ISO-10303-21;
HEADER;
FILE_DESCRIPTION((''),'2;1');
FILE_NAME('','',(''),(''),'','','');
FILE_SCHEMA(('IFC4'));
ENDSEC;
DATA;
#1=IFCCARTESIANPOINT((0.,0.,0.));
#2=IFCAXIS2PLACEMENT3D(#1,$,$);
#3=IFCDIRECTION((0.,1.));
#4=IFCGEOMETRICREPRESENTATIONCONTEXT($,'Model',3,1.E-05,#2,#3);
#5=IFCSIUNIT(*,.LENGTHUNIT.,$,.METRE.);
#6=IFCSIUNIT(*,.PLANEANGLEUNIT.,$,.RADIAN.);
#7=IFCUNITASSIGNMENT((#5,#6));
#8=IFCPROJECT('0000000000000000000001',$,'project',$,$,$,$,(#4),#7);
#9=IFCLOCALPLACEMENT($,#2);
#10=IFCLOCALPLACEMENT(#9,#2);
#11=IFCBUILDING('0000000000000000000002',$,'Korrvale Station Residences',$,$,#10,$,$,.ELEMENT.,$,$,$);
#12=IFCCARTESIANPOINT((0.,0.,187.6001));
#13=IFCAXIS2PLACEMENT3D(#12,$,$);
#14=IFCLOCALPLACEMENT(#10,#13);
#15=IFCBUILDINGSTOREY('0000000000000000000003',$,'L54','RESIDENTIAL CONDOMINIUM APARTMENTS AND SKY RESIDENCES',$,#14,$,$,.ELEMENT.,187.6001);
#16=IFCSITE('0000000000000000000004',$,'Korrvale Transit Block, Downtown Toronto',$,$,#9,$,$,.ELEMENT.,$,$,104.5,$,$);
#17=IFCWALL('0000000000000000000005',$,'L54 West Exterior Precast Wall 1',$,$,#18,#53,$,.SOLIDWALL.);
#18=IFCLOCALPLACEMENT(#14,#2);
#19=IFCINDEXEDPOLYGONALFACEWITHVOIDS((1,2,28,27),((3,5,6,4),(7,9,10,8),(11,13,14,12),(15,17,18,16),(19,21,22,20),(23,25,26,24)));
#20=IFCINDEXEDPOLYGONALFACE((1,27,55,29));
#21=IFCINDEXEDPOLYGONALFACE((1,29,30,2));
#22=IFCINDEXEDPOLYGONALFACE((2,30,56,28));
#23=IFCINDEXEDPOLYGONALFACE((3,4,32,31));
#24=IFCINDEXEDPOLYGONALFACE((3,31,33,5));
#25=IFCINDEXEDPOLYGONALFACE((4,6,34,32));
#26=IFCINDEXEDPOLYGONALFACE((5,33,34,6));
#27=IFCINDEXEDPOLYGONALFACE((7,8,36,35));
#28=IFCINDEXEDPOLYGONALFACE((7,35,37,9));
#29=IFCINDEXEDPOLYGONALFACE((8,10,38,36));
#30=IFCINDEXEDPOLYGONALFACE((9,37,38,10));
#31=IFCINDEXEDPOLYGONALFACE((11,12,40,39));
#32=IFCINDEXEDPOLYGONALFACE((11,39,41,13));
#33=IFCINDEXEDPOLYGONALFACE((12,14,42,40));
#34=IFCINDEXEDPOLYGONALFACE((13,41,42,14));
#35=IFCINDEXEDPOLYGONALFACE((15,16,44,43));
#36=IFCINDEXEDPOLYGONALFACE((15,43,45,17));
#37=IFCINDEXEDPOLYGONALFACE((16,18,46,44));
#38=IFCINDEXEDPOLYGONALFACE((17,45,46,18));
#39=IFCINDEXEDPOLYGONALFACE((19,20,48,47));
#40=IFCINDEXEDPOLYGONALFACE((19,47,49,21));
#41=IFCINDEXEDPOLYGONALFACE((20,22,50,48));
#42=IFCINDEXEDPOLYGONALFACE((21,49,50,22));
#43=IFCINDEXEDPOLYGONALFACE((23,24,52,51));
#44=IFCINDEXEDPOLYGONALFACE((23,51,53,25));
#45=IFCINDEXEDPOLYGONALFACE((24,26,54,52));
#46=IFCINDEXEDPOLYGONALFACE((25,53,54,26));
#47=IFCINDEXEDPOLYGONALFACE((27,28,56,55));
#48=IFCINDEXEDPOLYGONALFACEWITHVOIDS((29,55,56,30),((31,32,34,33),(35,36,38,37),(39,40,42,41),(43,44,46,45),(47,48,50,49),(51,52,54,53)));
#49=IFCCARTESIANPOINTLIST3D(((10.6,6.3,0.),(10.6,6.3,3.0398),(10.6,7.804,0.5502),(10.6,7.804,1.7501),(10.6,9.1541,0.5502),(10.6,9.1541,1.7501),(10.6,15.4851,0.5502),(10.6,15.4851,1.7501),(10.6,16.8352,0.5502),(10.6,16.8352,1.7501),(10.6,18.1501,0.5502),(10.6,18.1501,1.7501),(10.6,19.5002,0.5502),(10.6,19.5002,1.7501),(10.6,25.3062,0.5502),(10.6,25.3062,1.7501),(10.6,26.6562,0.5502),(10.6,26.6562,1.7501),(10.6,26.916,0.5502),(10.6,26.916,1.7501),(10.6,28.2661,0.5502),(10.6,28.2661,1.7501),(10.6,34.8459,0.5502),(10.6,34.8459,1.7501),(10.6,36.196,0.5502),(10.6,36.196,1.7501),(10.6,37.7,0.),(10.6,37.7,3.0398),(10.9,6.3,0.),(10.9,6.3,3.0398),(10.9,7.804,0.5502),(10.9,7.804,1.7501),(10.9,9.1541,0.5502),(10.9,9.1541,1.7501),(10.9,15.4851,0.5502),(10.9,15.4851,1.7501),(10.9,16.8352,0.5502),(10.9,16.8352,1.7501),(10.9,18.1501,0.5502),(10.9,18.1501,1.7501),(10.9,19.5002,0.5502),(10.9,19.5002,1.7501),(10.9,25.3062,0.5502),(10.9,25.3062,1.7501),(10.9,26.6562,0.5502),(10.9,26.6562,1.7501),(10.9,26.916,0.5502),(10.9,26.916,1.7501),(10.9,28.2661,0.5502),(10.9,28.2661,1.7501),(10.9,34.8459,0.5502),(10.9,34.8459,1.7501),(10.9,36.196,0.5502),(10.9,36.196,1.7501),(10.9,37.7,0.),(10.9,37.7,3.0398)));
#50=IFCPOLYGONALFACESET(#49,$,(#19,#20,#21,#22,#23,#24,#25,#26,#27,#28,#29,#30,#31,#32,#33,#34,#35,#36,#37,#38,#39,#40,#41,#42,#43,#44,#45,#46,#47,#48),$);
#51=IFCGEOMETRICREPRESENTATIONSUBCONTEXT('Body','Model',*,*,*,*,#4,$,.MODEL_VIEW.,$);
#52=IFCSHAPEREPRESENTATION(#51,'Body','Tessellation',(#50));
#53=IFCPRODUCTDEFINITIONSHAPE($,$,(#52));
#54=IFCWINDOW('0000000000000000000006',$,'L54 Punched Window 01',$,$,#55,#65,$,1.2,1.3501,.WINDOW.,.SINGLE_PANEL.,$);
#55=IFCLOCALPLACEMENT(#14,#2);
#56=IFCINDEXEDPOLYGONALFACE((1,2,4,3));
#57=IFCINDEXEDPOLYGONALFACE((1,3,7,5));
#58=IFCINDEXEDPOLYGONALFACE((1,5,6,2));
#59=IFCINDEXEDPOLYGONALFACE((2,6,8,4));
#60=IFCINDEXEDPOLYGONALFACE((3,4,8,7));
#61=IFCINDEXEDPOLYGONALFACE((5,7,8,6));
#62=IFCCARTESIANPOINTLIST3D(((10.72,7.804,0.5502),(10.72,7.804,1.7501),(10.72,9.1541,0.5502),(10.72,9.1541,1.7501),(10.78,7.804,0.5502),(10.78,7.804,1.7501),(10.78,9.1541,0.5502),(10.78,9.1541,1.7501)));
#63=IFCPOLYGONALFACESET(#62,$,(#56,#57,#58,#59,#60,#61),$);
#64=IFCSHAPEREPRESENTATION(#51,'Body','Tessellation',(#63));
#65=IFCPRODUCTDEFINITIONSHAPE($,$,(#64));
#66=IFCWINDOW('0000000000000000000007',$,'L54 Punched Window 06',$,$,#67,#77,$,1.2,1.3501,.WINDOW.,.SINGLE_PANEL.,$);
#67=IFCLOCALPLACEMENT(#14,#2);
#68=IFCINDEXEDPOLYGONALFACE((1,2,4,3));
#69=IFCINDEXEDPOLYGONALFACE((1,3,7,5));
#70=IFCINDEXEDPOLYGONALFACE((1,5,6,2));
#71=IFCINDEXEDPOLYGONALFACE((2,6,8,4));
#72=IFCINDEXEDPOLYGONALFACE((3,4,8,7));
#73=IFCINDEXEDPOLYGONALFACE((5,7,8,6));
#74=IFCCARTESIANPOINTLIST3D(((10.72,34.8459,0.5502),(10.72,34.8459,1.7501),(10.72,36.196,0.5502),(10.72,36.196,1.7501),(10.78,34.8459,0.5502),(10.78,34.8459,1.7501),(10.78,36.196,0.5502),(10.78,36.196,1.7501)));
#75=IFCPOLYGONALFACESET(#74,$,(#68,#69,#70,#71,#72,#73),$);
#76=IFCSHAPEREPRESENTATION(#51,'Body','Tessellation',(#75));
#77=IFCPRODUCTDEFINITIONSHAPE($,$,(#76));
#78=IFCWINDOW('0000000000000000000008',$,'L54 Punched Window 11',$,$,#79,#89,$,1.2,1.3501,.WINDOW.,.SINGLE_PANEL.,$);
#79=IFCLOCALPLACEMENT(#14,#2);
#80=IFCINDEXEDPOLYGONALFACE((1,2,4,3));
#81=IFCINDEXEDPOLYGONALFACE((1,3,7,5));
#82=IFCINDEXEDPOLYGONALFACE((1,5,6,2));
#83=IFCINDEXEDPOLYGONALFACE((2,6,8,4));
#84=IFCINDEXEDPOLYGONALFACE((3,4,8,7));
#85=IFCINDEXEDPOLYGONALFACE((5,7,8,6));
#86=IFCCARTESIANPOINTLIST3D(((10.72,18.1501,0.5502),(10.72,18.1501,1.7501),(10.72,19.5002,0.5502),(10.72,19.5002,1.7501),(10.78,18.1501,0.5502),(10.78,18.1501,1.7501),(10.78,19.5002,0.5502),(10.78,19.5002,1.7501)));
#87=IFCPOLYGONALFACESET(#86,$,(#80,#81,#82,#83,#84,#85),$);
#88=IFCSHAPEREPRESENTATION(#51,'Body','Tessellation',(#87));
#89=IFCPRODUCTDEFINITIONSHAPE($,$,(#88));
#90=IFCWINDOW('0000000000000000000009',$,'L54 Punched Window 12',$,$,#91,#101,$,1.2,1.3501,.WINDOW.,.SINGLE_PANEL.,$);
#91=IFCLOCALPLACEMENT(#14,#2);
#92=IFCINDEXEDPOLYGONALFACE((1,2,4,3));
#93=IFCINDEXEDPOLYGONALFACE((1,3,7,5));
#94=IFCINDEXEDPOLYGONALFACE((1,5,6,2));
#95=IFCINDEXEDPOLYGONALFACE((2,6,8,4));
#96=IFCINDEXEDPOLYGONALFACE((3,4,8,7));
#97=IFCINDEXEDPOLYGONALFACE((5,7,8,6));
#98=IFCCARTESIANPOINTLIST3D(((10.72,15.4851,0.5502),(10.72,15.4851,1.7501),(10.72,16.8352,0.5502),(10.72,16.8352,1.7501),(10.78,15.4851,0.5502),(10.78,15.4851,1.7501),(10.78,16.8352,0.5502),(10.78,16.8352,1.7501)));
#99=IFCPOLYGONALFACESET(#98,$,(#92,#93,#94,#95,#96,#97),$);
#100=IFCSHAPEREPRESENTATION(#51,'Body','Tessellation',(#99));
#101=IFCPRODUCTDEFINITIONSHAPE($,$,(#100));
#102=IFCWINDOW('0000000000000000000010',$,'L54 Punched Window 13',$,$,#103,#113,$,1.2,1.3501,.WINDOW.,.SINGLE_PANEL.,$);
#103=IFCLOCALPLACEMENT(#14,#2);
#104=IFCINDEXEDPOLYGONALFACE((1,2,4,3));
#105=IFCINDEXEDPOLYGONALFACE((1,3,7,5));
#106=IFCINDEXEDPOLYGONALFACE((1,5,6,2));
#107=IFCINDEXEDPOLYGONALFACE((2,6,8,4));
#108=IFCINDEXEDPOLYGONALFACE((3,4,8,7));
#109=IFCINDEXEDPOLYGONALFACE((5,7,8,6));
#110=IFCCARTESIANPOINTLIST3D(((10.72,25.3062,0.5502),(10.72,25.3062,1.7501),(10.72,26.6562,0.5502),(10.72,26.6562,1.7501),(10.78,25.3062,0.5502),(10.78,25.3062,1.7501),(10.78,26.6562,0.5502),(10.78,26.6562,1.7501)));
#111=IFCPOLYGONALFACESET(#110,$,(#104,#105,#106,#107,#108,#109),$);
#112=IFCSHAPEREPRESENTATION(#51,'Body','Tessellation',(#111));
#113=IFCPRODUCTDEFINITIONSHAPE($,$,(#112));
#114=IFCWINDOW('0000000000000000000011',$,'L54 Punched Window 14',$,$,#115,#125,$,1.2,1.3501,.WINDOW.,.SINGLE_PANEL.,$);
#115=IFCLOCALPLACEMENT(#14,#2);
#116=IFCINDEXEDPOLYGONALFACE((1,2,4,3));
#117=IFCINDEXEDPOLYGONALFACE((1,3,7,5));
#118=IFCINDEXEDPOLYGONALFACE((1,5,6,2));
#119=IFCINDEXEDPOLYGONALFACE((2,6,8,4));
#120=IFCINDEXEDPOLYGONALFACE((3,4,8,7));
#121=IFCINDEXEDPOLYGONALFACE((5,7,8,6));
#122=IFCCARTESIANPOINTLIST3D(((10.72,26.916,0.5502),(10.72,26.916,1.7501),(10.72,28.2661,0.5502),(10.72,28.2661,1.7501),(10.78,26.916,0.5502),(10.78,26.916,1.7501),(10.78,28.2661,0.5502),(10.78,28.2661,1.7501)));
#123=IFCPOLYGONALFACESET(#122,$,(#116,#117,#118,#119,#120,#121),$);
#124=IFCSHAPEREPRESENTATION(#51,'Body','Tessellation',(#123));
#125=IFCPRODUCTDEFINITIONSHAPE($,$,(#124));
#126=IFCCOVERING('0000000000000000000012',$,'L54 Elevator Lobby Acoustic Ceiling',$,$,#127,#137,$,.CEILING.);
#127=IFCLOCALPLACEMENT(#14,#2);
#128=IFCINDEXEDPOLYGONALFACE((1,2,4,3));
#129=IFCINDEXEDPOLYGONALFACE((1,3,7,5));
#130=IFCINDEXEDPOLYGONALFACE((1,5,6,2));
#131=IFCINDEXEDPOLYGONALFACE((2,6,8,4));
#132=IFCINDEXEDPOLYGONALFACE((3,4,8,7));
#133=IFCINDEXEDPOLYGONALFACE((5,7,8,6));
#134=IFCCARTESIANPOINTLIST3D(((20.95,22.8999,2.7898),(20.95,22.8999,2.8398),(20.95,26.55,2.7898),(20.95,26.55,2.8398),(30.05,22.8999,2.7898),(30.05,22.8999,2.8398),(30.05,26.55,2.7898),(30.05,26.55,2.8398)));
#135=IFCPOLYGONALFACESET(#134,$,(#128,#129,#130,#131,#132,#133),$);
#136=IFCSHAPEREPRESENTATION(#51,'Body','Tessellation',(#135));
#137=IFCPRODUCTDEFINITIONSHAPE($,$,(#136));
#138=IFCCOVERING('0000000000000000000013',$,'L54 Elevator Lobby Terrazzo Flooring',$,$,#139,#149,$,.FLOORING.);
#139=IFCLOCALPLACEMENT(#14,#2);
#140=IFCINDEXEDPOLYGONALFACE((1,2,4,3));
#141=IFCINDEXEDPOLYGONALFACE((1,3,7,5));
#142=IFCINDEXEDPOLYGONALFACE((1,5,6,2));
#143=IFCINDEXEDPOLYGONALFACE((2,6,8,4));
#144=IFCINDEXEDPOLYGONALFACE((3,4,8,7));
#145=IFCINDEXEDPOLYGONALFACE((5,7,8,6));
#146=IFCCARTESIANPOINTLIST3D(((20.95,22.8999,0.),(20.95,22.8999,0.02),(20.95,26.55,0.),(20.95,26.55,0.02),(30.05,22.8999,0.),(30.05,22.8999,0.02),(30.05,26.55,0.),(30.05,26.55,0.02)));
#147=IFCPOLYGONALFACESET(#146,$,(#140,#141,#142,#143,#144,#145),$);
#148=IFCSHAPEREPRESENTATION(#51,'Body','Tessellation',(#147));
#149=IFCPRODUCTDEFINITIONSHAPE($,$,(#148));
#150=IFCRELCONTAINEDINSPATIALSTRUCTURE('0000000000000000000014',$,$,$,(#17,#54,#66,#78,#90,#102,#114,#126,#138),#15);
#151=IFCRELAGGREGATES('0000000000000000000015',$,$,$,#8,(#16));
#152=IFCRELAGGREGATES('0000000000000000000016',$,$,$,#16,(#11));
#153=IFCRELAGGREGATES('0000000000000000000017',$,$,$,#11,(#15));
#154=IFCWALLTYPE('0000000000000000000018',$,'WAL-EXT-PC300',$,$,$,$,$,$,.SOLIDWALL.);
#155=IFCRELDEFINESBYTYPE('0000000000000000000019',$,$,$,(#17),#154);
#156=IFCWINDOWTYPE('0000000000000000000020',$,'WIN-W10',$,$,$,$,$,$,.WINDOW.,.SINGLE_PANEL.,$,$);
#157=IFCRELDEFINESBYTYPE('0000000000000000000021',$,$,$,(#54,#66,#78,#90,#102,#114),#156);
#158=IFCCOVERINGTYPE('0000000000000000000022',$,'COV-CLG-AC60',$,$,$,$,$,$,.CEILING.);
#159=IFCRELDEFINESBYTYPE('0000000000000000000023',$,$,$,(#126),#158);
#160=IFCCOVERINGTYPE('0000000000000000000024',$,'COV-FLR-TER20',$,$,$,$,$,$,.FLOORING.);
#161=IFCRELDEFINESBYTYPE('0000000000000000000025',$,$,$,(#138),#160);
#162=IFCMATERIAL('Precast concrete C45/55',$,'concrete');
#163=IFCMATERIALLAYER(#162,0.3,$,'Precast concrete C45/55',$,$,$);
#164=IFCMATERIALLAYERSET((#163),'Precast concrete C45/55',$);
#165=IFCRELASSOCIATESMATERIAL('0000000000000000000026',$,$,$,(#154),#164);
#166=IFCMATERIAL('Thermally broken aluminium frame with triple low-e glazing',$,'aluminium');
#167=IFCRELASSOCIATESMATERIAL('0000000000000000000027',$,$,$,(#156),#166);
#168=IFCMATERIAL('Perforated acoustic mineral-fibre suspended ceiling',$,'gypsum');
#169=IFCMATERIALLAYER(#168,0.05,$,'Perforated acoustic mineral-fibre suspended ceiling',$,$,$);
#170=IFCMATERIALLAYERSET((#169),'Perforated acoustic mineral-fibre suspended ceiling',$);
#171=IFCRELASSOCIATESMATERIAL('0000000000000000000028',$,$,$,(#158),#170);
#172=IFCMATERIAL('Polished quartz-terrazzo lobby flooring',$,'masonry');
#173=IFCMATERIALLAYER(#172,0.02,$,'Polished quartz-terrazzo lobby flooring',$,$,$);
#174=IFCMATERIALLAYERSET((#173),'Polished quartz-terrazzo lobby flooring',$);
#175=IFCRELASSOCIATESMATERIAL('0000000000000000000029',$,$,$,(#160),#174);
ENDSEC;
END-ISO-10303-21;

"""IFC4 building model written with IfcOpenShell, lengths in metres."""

from ifc_helpers import new_model, si_unit, direction, frame, frame_2d, origin, place, context, subcontext, project, spatial, polyline, rectangle, outline, extrude, material, layer, layer_set, type_object, element, fill, save


model = new_model("IFC4")

# Units and contexts
model_context = context("Model", 3, precision=1e-05, world=origin(), true_north=direction((0.0, 1.0)))
body_context = subcontext(model_context, "Body", "Model", "MODEL_VIEW")
ifc_project = project(units=[si_unit("LENGTHUNIT", "METRE"), si_unit("PLANEANGLEUNIT", "RADIAN")], contexts=[model_context])

# Site, building, storey
site_placement = place(None, origin())
site = spatial("IfcSite", under=ifc_project, at=site_placement, Name="Korrvale Transit Block, Downtown Toronto", CompositionType="ELEMENT", RefElevation=104.5)
building_placement = place(site_placement, origin())
building = spatial("IfcBuilding", under=site, at=building_placement, Name="Korrvale Station Residences", CompositionType="ELEMENT")
storey_placement = place(building_placement, frame((0.0, 0.0, 187.6001)))
storey = spatial("IfcBuildingStorey", under=building, at=storey_placement, Name="L54", Description="RESIDENTIAL CONDOMINIUM APARTMENTS AND SKY RESIDENCES", CompositionType="ELEMENT", Elevation=187.6001)

# Shared definitions
ifc_material_1 = material(Name="Precast concrete C45/55", Category="concrete")

# Wall, openings, windows
ifc_layer_1 = layer(ifc_material_1, 0.3, Name="Precast concrete C45/55")
ifc_layer_set_1 = layer_set([ifc_layer_1], Name="Precast concrete C45/55")
wall_type_1 = type_object("IfcWallType", Name="WAL-EXT-PC300", PredefinedType="SOLIDWALL", material=ifc_layer_set_1)
wall_1_placement = place(storey_placement, frame((10.75, 6.3, 0.0), z_axis=(0.0, 0.0, 1.0), x_axis=(0.0, 1.0, 0.0)))
wall_1 = element("IfcWall", 1, at=wall_1_placement, inside=storey, type_object=wall_type_1, Name="L54 West Exterior Precast Wall 1", PredefinedType="SOLIDWALL", context=body_context, shape_type="SweptSolid", body=[
    extrude(rectangle(XDim=31.3999, YDim=0.3, at=frame_2d((15.7, 0.0))), origin(), (0.0, 0.0, 1.0), 3.0398),
])
opening_1_placement = place(wall_1_placement, frame((1.5039, 0.0, 0.55)))
opening_1 = element("IfcOpeningElement", 2, at=opening_1_placement, cuts=wall_1, PredefinedType="OPENING", context=body_context, shape_type="SweptSolid", body=[
    extrude(rectangle(XDim=1.3501, YDim=1.2, at=frame_2d((0.675, 0.6001))), frame((0.0, 0.1602, 0.0), z_axis=(0.0, -1.0, 0.0), x_axis=(1.0, 0.0, 0.0)), (0.0, 0.0, 1.0), 0.3201),
])
opening_2_placement = place(wall_1_placement, frame((28.5459, 0.0, 0.55)))
opening_2 = element("IfcOpeningElement", 3, at=opening_2_placement, cuts=wall_1, PredefinedType="OPENING", context=body_context, shape_type="SweptSolid", body=[
    extrude(rectangle(XDim=1.3501, YDim=1.2, at=frame_2d((0.675, 0.6001))), frame((0.0, 0.1602, 0.0), z_axis=(0.0, -1.0, 0.0), x_axis=(1.0, 0.0, 0.0)), (0.0, 0.0, 1.0), 0.3201),
])
opening_3_placement = place(wall_1_placement, frame((11.8501, 0.0, 0.55)))
opening_3 = element("IfcOpeningElement", 4, at=opening_3_placement, cuts=wall_1, PredefinedType="OPENING", context=body_context, shape_type="SweptSolid", body=[
    extrude(rectangle(XDim=1.3501, YDim=1.2, at=frame_2d((0.675, 0.6001))), frame((0.0, 0.1602, 0.0), z_axis=(0.0, -1.0, 0.0), x_axis=(1.0, 0.0, 0.0)), (0.0, 0.0, 1.0), 0.3201),
])
opening_4_placement = place(wall_1_placement, frame((9.1851, 0.0, 0.55)))
opening_4 = element("IfcOpeningElement", 5, at=opening_4_placement, cuts=wall_1, PredefinedType="OPENING", context=body_context, shape_type="SweptSolid", body=[
    extrude(rectangle(XDim=1.3501, YDim=1.2, at=frame_2d((0.675, 0.6001))), frame((0.0, 0.1602, 0.0), z_axis=(0.0, -1.0, 0.0), x_axis=(1.0, 0.0, 0.0)), (0.0, 0.0, 1.0), 0.3201),
])
opening_5_placement = place(wall_1_placement, frame((19.0061, 0.0, 0.55)))
opening_5 = element("IfcOpeningElement", 6, at=opening_5_placement, cuts=wall_1, PredefinedType="OPENING", context=body_context, shape_type="SweptSolid", body=[
    extrude(rectangle(XDim=1.3501, YDim=1.2, at=frame_2d((0.675, 0.6001))), frame((0.0, 0.1602, 0.0), z_axis=(0.0, -1.0, 0.0), x_axis=(1.0, 0.0, 0.0)), (0.0, 0.0, 1.0), 0.3201),
])
opening_6_placement = place(wall_1_placement, frame((20.616, 0.0, 0.55)))
opening_6 = element("IfcOpeningElement", 7, at=opening_6_placement, cuts=wall_1, PredefinedType="OPENING", context=body_context, shape_type="SweptSolid", body=[
    extrude(rectangle(XDim=1.3501, YDim=1.2, at=frame_2d((0.675, 0.6001))), frame((0.0, 0.1602, 0.0), z_axis=(0.0, -1.0, 0.0), x_axis=(1.0, 0.0, 0.0)), (0.0, 0.0, 1.0), 0.3201),
])
ifc_material_2 = material(Name="Thermally broken aluminium frame with triple low-e glazing", Category="aluminium")
window_type = type_object("IfcWindowType", Name="WIN-W10", PartitioningType="SINGLE_PANEL", PredefinedType="WINDOW", material=ifc_material_2)
window_1_placement = place(opening_1_placement, origin())
window_1 = element("IfcWindow", 8, at=window_1_placement, inside=storey, type_object=window_type, Name="L54 Punched Window 01", OverallHeight=1.2, OverallWidth=1.3501, PartitioningType="SINGLE_PANEL", PredefinedType="WINDOW", context=body_context, shape_type="SweptSolid", body=[
    extrude(rectangle(XDim=1.3501, YDim=1.2, at=frame_2d((0.675, 0.6001))), frame((0.0, 0.03, 0.0), z_axis=(0.0, -1.0, 0.0), x_axis=(1.0, 0.0, 0.0)), (0.0, 0.0, 1.0), 0.0601),
])
fill(opening_1, window_1)
window_2_placement = place(opening_2_placement, origin())
window_2 = element("IfcWindow", 9, at=window_2_placement, inside=storey, type_object=window_type, Name="L54 Punched Window 06", OverallHeight=1.2, OverallWidth=1.3501, PartitioningType="SINGLE_PANEL", PredefinedType="WINDOW", context=body_context, shape_type="SweptSolid", body=[
    extrude(rectangle(XDim=1.3501, YDim=1.2, at=frame_2d((0.675, 0.6001))), frame((0.0, 0.03, 0.0), z_axis=(0.0, -1.0, 0.0), x_axis=(1.0, 0.0, 0.0)), (0.0, 0.0, 1.0), 0.0601),
])
fill(opening_2, window_2)
window_3_placement = place(opening_3_placement, origin())
window_3 = element("IfcWindow", 10, at=window_3_placement, inside=storey, type_object=window_type, Name="L54 Punched Window 11", OverallHeight=1.2, OverallWidth=1.3501, PartitioningType="SINGLE_PANEL", PredefinedType="WINDOW", context=body_context, shape_type="SweptSolid", body=[
    extrude(rectangle(XDim=1.3501, YDim=1.2, at=frame_2d((0.675, 0.6001))), frame((0.0, 0.03, 0.0), z_axis=(0.0, -1.0, 0.0), x_axis=(1.0, 0.0, 0.0)), (0.0, 0.0, 1.0), 0.0601),
])
fill(opening_3, window_3)
window_4_placement = place(opening_4_placement, origin())
window_4 = element("IfcWindow", 11, at=window_4_placement, inside=storey, type_object=window_type, Name="L54 Punched Window 12", OverallHeight=1.2, OverallWidth=1.3501, PartitioningType="SINGLE_PANEL", PredefinedType="WINDOW", context=body_context, shape_type="SweptSolid", body=[
    extrude(rectangle(XDim=1.3501, YDim=1.2, at=frame_2d((0.675, 0.6001))), frame((0.0, 0.03, 0.0), z_axis=(0.0, -1.0, 0.0), x_axis=(1.0, 0.0, 0.0)), (0.0, 0.0, 1.0), 0.0601),
])
fill(opening_4, window_4)
window_5_placement = place(opening_5_placement, origin())
window_5 = element("IfcWindow", 12, at=window_5_placement, inside=storey, type_object=window_type, Name="L54 Punched Window 13", OverallHeight=1.2, OverallWidth=1.3501, PartitioningType="SINGLE_PANEL", PredefinedType="WINDOW", context=body_context, shape_type="SweptSolid", body=[
    extrude(rectangle(XDim=1.3501, YDim=1.2, at=frame_2d((0.675, 0.6001))), frame((0.0, 0.03, 0.0), z_axis=(0.0, -1.0, 0.0), x_axis=(1.0, 0.0, 0.0)), (0.0, 0.0, 1.0), 0.0601),
])
fill(opening_5, window_5)
window_6_placement = place(opening_6_placement, origin())
window_6 = element("IfcWindow", 13, at=window_6_placement, inside=storey, type_object=window_type, Name="L54 Punched Window 14", OverallHeight=1.2, OverallWidth=1.3501, PartitioningType="SINGLE_PANEL", PredefinedType="WINDOW", context=body_context, shape_type="SweptSolid", body=[
    extrude(rectangle(XDim=1.3501, YDim=1.2, at=frame_2d((0.675, 0.6001))), frame((0.0, 0.03, 0.0), z_axis=(0.0, -1.0, 0.0), x_axis=(1.0, 0.0, 0.0)), (0.0, 0.0, 1.0), 0.0601),
])
fill(opening_6, window_6)

# Coverings
ifc_material_3 = material(Name="Perforated acoustic mineral-fibre suspended ceiling", Category="gypsum")
ifc_layer_2 = layer(ifc_material_3, 0.05, Name="Perforated acoustic mineral-fibre suspended ceiling")
ifc_layer_set_2 = layer_set([ifc_layer_2], Name="Perforated acoustic mineral-fibre suspended ceiling")
covering_type_1 = type_object("IfcCoveringType", Name="COV-CLG-AC60", PredefinedType="CEILING", material=ifc_layer_set_2)
covering_1_placement = place(storey_placement, frame((0.0, 0.0, 2.7898)))
element("IfcCovering", 14, at=covering_1_placement, inside=storey, type_object=covering_type_1, Name="L54 Elevator Lobby Acoustic Ceiling", PredefinedType="CEILING", context=body_context, shape_type="SweptSolid", body=[
    extrude(outline(polyline([(20.95, 22.8999), (30.05, 22.8999), (30.05, 26.55), (20.95, 26.55), (20.95, 22.8999)])), origin(), (0.0, 0.0, 1.0), 0.05),
])
ifc_material_4 = material(Name="Polished quartz-terrazzo lobby flooring", Category="masonry")
ifc_layer_3 = layer(ifc_material_4, 0.02, Name="Polished quartz-terrazzo lobby flooring")
ifc_layer_set_3 = layer_set([ifc_layer_3], Name="Polished quartz-terrazzo lobby flooring")
covering_type_2 = type_object("IfcCoveringType", Name="COV-FLR-TER20", PredefinedType="FLOORING", material=ifc_layer_set_3)
covering_2_placement = place(storey_placement, origin())
element("IfcCovering", 15, at=covering_2_placement, inside=storey, type_object=covering_type_2, Name="L54 Elevator Lobby Terrazzo Flooring", PredefinedType="FLOORING", context=body_context, shape_type="SweptSolid", body=[
    extrude(outline(polyline([(20.95, 22.8999), (30.05, 22.8999), (30.05, 26.55), (20.95, 26.55), (20.95, 22.8999)])), origin(), (0.0, 0.0, 1.0), 0.02),
])

save(model, "model.ifc")
